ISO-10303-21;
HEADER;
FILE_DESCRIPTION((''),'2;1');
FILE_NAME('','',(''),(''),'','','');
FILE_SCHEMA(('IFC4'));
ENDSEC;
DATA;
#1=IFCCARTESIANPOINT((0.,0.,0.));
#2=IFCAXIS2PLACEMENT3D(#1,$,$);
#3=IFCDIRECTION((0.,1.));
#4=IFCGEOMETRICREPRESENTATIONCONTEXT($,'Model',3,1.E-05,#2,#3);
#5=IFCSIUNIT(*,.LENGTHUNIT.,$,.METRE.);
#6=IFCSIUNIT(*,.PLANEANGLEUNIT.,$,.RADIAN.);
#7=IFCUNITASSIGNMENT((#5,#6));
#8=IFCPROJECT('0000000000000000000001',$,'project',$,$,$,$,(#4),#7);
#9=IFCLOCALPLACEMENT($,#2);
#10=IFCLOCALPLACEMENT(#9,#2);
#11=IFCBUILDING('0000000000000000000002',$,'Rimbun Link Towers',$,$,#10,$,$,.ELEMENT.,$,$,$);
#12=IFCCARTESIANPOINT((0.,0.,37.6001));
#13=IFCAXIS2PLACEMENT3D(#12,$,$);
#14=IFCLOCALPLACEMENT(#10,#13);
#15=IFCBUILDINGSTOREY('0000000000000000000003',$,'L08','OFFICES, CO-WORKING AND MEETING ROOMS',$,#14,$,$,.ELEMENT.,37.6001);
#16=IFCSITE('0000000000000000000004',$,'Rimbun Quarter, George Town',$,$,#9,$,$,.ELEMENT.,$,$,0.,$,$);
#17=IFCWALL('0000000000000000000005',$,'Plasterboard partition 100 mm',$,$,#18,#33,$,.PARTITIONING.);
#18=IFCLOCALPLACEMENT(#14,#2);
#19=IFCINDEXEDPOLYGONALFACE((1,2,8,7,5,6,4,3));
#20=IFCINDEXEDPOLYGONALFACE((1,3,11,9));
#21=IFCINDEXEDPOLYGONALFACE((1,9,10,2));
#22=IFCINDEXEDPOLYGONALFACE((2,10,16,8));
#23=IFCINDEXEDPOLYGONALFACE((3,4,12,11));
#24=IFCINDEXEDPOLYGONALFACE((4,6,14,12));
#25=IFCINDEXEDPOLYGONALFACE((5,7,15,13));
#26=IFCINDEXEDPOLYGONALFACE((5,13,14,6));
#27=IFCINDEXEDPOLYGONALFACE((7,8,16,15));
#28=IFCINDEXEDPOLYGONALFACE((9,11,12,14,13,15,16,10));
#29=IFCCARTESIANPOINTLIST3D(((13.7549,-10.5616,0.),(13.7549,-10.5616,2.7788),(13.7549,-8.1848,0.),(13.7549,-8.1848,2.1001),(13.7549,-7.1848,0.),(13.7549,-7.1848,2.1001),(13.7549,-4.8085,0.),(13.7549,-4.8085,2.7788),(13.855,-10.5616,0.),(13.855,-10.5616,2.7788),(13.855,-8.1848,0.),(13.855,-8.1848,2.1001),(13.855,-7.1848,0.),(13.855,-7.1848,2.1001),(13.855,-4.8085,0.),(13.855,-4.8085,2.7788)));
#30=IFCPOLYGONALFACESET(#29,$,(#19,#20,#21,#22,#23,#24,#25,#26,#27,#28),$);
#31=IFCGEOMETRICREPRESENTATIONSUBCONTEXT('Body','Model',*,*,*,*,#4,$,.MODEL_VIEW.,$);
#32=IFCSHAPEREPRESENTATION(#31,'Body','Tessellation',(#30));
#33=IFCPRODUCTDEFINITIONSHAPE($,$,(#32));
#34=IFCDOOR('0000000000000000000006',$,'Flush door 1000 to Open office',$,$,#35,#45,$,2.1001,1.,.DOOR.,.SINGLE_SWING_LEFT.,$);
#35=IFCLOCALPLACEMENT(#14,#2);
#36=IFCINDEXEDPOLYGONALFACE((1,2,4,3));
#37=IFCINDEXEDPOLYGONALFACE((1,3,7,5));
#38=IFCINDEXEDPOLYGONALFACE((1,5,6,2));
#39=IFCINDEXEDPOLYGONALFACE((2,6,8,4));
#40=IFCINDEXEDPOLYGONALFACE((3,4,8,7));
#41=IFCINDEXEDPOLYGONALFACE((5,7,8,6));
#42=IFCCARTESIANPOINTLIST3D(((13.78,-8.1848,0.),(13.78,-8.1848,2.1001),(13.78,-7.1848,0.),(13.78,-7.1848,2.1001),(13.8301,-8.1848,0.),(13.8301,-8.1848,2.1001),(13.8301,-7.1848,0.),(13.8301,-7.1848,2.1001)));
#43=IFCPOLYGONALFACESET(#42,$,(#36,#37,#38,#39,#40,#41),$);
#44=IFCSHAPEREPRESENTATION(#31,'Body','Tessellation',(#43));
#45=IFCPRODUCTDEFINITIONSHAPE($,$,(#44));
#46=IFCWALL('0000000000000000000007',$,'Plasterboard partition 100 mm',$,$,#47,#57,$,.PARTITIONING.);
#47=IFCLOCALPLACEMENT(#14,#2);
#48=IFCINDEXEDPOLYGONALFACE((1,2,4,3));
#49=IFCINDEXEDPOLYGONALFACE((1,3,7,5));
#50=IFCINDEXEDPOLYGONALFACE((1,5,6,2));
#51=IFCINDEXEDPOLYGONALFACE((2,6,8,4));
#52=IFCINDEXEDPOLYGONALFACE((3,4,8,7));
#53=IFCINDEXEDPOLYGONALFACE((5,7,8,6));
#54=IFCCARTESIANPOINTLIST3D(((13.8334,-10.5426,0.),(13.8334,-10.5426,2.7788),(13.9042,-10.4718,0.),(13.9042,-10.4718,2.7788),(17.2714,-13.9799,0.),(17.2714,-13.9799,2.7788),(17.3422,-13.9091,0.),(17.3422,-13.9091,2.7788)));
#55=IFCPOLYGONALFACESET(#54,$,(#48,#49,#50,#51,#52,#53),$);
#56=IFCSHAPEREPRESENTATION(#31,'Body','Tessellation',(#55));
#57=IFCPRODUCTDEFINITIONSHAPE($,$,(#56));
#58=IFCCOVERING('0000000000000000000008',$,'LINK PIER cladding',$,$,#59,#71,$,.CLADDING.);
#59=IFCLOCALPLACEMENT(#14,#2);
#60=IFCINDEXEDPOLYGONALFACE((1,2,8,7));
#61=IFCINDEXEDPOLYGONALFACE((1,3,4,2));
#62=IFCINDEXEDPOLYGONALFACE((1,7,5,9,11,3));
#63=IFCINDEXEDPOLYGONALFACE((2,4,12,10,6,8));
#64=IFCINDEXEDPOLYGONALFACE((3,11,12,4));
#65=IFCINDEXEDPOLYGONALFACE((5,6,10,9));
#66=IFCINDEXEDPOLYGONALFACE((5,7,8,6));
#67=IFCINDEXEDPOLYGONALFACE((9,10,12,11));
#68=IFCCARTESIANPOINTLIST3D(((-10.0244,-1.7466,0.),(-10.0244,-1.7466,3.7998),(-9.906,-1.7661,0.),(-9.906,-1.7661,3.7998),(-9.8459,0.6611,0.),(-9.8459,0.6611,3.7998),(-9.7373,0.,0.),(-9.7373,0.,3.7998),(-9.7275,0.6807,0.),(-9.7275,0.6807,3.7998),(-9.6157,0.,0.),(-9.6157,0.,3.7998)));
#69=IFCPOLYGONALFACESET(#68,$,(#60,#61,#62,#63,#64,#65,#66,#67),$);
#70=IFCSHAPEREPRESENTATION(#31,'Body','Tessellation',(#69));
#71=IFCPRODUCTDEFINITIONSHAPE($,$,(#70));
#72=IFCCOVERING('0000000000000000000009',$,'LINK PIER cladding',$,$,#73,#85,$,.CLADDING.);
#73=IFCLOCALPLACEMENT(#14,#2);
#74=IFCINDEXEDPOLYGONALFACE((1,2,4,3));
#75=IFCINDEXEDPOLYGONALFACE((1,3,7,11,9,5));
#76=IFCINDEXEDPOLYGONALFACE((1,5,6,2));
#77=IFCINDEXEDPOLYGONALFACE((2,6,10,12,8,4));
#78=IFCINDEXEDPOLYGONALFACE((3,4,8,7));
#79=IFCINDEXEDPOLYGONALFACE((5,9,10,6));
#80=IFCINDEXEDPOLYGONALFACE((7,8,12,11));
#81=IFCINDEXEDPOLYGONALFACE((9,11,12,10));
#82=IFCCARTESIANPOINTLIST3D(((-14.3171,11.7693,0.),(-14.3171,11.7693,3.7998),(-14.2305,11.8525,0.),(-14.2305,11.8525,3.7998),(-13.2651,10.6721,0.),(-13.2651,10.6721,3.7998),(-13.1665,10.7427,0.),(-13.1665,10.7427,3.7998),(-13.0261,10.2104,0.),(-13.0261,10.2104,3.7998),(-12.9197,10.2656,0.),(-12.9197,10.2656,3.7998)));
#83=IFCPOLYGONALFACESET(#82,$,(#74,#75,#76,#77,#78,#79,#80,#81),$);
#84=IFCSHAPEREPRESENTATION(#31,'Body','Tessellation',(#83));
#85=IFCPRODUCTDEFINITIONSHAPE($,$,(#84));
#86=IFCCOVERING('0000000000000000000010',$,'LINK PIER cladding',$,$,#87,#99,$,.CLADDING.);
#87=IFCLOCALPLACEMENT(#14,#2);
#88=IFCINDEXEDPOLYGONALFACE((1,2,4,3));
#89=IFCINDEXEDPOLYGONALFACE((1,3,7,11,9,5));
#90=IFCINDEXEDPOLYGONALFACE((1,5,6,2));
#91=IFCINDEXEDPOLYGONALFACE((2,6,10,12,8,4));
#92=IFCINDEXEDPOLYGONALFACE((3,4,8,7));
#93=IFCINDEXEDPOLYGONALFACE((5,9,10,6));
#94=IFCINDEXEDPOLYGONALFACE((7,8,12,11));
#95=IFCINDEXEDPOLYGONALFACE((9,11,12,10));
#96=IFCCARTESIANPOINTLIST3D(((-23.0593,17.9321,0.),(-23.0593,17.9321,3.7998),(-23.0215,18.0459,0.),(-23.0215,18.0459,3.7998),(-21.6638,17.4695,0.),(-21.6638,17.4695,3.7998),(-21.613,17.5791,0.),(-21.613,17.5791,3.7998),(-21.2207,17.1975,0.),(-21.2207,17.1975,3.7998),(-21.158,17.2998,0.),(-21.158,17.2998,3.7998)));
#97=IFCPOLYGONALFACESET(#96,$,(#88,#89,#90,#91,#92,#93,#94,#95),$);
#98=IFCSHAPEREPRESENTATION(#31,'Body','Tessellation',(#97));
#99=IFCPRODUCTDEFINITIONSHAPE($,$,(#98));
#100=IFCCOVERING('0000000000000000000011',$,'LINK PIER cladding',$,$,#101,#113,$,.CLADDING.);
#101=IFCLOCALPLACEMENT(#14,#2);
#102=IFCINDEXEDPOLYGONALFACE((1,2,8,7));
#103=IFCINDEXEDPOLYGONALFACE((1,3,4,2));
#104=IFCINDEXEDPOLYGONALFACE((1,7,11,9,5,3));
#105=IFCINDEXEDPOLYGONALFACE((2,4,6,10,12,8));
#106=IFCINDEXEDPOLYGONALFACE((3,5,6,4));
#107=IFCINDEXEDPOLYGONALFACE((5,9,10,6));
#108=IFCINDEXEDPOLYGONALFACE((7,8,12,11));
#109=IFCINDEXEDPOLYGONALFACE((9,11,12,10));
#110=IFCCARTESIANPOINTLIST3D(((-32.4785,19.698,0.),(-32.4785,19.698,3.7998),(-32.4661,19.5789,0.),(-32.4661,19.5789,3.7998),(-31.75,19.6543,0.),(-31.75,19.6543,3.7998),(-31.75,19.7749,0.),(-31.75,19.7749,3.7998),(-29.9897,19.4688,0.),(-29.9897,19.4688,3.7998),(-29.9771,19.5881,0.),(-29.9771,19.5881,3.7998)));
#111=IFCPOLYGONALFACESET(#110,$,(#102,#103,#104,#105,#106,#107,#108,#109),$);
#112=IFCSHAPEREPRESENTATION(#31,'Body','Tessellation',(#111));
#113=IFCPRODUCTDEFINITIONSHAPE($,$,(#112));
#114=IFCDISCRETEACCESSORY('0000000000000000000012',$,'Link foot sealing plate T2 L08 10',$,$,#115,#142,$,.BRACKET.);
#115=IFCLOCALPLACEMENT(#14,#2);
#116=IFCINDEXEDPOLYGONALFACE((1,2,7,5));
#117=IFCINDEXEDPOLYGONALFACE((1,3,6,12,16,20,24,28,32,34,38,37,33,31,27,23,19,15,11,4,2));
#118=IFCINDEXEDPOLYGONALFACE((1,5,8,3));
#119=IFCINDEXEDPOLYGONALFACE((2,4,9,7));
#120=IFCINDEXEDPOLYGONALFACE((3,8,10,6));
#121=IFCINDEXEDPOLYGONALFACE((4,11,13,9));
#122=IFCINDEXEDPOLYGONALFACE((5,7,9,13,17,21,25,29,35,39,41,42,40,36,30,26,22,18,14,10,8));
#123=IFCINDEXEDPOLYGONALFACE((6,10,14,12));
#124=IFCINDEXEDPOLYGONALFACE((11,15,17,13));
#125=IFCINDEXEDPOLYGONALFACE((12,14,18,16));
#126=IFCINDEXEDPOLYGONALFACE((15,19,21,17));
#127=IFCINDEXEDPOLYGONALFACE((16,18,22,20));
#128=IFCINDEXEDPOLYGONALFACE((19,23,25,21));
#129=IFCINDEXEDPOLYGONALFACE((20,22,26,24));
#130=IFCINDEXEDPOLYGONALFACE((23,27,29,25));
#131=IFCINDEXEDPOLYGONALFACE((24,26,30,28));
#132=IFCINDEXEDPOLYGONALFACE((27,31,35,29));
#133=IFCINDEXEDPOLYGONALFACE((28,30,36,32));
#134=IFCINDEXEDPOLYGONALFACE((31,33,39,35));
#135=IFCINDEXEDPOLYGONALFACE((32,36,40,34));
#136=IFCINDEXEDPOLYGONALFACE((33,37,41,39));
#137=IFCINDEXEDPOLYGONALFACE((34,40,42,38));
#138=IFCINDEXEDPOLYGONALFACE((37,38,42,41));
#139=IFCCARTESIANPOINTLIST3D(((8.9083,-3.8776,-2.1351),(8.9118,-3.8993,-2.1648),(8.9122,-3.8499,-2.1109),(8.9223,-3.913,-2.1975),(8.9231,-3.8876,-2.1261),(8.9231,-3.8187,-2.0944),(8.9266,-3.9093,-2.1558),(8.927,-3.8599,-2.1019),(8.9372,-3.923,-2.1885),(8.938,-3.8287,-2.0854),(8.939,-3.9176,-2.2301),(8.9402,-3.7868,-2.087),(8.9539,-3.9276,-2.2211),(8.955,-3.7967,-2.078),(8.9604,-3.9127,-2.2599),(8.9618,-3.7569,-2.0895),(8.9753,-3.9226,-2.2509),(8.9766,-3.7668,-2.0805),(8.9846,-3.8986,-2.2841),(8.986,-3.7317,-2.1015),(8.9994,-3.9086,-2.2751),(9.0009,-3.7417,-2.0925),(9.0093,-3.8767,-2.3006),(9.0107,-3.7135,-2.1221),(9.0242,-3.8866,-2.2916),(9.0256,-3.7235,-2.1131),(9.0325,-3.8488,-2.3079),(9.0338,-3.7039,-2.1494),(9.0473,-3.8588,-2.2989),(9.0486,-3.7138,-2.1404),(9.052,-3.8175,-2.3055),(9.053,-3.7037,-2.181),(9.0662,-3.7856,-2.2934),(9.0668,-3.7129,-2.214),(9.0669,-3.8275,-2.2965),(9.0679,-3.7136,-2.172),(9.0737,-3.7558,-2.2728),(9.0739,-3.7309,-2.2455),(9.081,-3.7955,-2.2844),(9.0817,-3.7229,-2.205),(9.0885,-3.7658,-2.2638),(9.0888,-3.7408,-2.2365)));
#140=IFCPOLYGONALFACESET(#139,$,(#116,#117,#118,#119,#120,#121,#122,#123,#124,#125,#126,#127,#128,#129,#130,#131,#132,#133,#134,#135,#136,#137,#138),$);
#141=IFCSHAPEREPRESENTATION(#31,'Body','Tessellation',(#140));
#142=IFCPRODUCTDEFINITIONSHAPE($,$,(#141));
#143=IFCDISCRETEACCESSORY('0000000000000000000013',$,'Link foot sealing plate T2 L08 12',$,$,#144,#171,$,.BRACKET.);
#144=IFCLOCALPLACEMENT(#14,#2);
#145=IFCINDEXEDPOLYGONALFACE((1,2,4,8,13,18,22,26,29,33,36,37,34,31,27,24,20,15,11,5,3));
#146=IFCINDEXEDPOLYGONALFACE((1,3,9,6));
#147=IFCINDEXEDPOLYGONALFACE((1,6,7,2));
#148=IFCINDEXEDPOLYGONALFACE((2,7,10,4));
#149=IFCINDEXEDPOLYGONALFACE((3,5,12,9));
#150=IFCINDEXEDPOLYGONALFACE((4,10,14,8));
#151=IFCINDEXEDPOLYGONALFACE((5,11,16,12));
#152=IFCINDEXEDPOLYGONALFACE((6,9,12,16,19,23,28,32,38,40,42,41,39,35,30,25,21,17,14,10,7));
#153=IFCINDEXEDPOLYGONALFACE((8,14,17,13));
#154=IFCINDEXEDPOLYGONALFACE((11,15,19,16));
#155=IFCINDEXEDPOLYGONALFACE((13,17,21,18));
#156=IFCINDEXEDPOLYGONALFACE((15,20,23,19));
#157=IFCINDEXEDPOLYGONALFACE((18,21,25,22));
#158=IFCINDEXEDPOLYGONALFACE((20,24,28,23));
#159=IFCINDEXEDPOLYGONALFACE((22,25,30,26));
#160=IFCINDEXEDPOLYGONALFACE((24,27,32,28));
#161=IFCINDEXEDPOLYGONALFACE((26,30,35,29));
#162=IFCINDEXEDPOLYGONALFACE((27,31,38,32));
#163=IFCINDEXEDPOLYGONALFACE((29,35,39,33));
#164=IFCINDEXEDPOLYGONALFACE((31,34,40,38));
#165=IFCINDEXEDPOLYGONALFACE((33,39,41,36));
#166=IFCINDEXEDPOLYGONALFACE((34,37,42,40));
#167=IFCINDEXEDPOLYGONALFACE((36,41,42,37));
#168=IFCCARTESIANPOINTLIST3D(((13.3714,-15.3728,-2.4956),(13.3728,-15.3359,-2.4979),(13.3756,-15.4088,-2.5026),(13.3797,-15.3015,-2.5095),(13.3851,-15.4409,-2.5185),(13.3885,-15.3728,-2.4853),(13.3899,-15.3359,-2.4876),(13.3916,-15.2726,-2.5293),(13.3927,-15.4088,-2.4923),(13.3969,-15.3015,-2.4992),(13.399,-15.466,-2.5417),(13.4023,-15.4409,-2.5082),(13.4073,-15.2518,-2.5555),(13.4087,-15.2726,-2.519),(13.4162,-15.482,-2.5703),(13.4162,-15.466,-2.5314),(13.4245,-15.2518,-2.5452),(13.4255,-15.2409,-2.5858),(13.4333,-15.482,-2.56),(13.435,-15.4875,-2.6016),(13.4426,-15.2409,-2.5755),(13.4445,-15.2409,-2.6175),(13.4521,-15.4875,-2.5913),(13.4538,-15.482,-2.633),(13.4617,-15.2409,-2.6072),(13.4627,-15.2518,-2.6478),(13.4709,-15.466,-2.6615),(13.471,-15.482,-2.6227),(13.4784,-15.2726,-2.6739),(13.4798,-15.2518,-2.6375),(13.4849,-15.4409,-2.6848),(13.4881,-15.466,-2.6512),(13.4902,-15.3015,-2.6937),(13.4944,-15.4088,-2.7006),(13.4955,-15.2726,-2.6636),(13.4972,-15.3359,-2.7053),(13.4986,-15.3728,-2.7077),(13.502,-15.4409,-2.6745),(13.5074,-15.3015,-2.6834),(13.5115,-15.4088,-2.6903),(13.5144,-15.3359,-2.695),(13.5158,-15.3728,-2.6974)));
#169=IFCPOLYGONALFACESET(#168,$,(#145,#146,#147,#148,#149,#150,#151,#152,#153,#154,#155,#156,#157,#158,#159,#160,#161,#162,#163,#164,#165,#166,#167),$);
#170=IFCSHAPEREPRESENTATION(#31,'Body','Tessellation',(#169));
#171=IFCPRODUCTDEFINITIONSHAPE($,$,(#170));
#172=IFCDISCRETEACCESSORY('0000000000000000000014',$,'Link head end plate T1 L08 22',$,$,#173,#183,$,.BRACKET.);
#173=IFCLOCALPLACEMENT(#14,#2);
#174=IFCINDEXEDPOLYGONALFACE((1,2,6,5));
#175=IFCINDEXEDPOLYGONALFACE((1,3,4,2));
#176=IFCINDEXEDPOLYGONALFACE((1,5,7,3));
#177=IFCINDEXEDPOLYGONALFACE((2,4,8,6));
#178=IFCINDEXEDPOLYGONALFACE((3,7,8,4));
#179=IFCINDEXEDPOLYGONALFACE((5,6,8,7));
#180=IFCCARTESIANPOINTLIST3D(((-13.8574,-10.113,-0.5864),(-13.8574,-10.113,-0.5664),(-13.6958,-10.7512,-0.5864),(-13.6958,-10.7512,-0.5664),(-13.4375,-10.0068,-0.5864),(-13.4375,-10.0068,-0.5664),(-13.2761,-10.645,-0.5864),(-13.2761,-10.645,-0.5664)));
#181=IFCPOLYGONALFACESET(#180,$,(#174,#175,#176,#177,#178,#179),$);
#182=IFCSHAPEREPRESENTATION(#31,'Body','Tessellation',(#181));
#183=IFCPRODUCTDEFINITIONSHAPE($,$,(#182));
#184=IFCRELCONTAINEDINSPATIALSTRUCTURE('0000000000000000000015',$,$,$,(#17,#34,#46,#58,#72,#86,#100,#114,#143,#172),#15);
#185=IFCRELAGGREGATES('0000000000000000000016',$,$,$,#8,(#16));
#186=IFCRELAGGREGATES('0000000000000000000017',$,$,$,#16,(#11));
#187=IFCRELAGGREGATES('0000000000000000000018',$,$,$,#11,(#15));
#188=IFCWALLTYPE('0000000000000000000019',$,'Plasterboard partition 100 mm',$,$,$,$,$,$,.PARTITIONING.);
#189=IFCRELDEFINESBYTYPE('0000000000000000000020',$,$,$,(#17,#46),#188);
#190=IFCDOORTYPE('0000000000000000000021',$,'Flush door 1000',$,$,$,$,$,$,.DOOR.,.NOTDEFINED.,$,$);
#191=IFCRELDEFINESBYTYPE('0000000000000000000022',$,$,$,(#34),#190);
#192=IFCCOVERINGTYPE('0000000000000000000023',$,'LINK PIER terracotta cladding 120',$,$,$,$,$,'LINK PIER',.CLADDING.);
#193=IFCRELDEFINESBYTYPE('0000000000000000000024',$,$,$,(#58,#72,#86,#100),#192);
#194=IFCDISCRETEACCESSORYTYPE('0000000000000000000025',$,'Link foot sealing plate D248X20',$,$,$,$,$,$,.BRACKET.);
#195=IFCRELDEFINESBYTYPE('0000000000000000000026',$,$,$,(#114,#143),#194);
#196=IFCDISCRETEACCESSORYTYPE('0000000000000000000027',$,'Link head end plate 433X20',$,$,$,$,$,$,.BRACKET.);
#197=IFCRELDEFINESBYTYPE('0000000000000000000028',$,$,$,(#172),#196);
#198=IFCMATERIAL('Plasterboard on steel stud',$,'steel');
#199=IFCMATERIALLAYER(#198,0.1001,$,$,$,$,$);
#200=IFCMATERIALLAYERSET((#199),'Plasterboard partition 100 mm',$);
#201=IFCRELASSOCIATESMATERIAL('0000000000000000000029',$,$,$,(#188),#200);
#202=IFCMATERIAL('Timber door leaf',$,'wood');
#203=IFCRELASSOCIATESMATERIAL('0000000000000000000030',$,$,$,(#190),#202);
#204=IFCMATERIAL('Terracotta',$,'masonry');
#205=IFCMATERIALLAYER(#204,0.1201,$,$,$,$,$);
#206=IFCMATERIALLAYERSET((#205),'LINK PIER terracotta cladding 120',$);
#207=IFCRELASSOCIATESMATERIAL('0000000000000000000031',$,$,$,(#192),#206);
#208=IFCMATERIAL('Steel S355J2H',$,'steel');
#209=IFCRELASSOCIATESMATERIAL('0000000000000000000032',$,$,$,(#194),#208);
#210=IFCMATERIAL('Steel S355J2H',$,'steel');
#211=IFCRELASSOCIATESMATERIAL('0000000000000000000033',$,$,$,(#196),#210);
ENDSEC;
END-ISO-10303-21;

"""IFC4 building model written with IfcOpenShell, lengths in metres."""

from ifc_helpers import new_model, si_unit, direction, frame, frame_2d, origin, origin_2d, place, context, subcontext, project, spatial, polyline, rectangle, circle, outline, extrude, material, layer, layer_set, material_profile, profile_set, type_object, element, fill, save


model = new_model("IFC4")

# Units and contexts
model_context = context("Model", 3, precision=1e-05, world=origin(), true_north=direction((0.0, 1.0)))
body_context = subcontext(model_context, "Body", "Model", "MODEL_VIEW")
ifc_project = project(units=[si_unit("LENGTHUNIT", "METRE"), si_unit("PLANEANGLEUNIT", "RADIAN")], contexts=[model_context])

# Site, building, storey
site_placement = place(None, origin())
site = spatial("IfcSite", under=ifc_project, at=site_placement, Name="Rimbun Quarter, George Town", CompositionType="ELEMENT", RefElevation=0.0)
building_placement = place(site_placement, origin())
building = spatial("IfcBuilding", under=site, at=building_placement, Name="Rimbun Link Towers", CompositionType="ELEMENT")
storey_placement = place(building_placement, frame((0.0, 0.0, 37.6001)))
storey = spatial("IfcBuildingStorey", under=building, at=storey_placement, Name="L08", Description="OFFICES, CO-WORKING AND MEETING ROOMS", CompositionType="ELEMENT", Elevation=37.6001)

# Wall, opening, door
ifc_material_1 = material(Name="Plasterboard on steel stud", Category="steel")
ifc_layer_1 = layer(ifc_material_1, 0.1001)
ifc_layer_set_1 = layer_set([ifc_layer_1], Name="Plasterboard partition 100 mm")
wall_type = type_object("IfcWallType", Name="Plasterboard partition 100 mm", PredefinedType="PARTITIONING", material=ifc_layer_set_1)
wall_1_placement = place(storey_placement, frame((13.8049, -10.5615, 0.0), z_axis=(0.0, 0.0, 1.0), x_axis=(0.0, 1.0, 0.0)))
wall_1 = element("IfcWall", 1, at=wall_1_placement, inside=storey, type_object=wall_type, Name="Plasterboard partition 100 mm", PredefinedType="PARTITIONING", context=body_context, shape_type="SweptSolid", body=[
    extrude(rectangle(XDim=5.7532, YDim=0.1001, at=frame_2d((2.8765, 0.0))), origin(), (0.0, 0.0, 1.0), 2.7788),
])
opening_placement = place(wall_1_placement, frame((2.3767, 0.0, 0.0)))
opening = element("IfcOpeningElement", 2, at=opening_placement, cuts=wall_1, PredefinedType="OPENING", context=body_context, shape_type="SweptSolid", body=[
    extrude(rectangle(XDim=1.0, YDim=2.1001, at=frame_2d((0.5, 1.05))), frame((0.0, 0.0601, 0.0), z_axis=(0.0, -1.0, 0.0), x_axis=(1.0, 0.0, 0.0)), (0.0, 0.0, 1.0), 0.1201),
])
ifc_material_2 = material(Name="Timber door leaf", Category="wood")
door_type = type_object("IfcDoorType", Name="Flush door 1000", OperationType="NOTDEFINED", PredefinedType="DOOR", material=ifc_material_2)
door_placement = place(opening_placement, origin())
door = element("IfcDoor", 3, at=door_placement, inside=storey, type_object=door_type, Name="Flush door 1000 to Open office", OperationType="SINGLE_SWING_LEFT", OverallHeight=2.1001, OverallWidth=1.0, PredefinedType="DOOR", context=body_context, shape_type="SweptSolid", body=[
    extrude(rectangle(XDim=1.0, YDim=2.1001, at=frame_2d((0.5, 1.05))), frame((0.0, 0.0249, 0.0), z_axis=(0.0, -1.0, 0.0), x_axis=(1.0, 0.0, 0.0)), (0.0, 0.0, 1.0), 0.05),
])
fill(opening, door)

# Wall
wall_2_placement = place(storey_placement, frame((13.8689, -10.5073, 0.0), z_axis=(0.0, 0.0, 1.0), x_axis=(0.707182, -0.707031, 0.0)))
element("IfcWall", 4, at=wall_2_placement, inside=storey, type_object=wall_type, Name="Plasterboard partition 100 mm", PredefinedType="PARTITIONING", context=body_context, shape_type="SweptSolid", body=[
    extrude(rectangle(XDim=4.8616, YDim=0.1001, at=frame_2d((2.4307, 0.0))), origin(), (0.0, 0.0, 1.0), 2.7788),
])

# Coverings
ifc_material_3 = material(Name="Terracotta", Category="masonry")
ifc_layer_2 = layer(ifc_material_3, 0.1201)
ifc_layer_set_2 = layer_set([ifc_layer_2], Name="LINK PIER terracotta cladding 120")
covering_type_1 = type_object("IfcCoveringType", Name="LINK PIER terracotta cladding 120", ElementType="LINK PIER", PredefinedType="CLADDING", material=ifc_layer_set_2)
covering_1_placement = place(storey_placement, origin())
element("IfcCovering", 5, at=covering_1_placement, inside=storey, type_object=covering_type_1, Name="LINK PIER cladding", PredefinedType="CLADDING", context=body_context, shape_type="SweptSolid", body=[
    extrude(outline(polyline([(-9.8459, 0.6611), (-9.7373, 0.0), (-10.0244, -1.7466), (-9.906, -1.7661), (-9.6157, 0.0), (-9.7275, 0.6807), (-9.8459, 0.6611)])), origin(), (0.0, 0.0, 1.0), 3.7998),
])
covering_2_placement = place(storey_placement, origin())
element("IfcCovering", 6, at=covering_2_placement, inside=storey, type_object=covering_type_1, Name="LINK PIER cladding", PredefinedType="CLADDING", context=body_context, shape_type="SweptSolid", body=[
    extrude(outline(polyline([(-14.3171, 11.7693), (-13.2651, 10.6721), (-13.0261, 10.2104), (-12.9197, 10.2656), (-13.1665, 10.7427), (-14.2305, 11.8525), (-14.3171, 11.7693)])), origin(), (0.0, 0.0, 1.0), 3.7998),
])
covering_3_placement = place(storey_placement, origin())
element("IfcCovering", 7, at=covering_3_placement, inside=storey, type_object=covering_type_1, Name="LINK PIER cladding", PredefinedType="CLADDING", context=body_context, shape_type="SweptSolid", body=[
    extrude(outline(polyline([(-23.0593, 17.9321), (-21.6638, 17.4695), (-21.2207, 17.1975), (-21.158, 17.2998), (-21.613, 17.5791), (-23.0215, 18.0459), (-23.0593, 17.9321)])), origin(), (0.0, 0.0, 1.0), 3.7998),
])
covering_4_placement = place(storey_placement, origin())
element("IfcCovering", 8, at=covering_4_placement, inside=storey, type_object=covering_type_1, Name="LINK PIER cladding", PredefinedType="CLADDING", context=body_context, shape_type="SweptSolid", body=[
    extrude(outline(polyline([(-32.4661, 19.5789), (-31.75, 19.6543), (-29.9897, 19.4688), (-29.9771, 19.5881), (-31.75, 19.7749), (-32.4785, 19.698), (-32.4661, 19.5789)])), origin(), (0.0, 0.0, 1.0), 3.7998),
])

# Discrete accessories
ifc_material_4 = material(Name="Steel S355J2H", Category="steel")
ifc_material_profile_1 = material_profile(ifc_material_4, circle(Radius=0.124, at=origin_2d()), Name="PL D248")
ifc_profile_set_1 = profile_set([ifc_material_profile_1], Name="Steel S355J2H")
discrete_accessory_type_1 = type_object("IfcDiscreteAccessoryType", Name="Link foot sealing plate D248X20", PredefinedType="BRACKET", material=ifc_profile_set_1)
for number, where, z_axis, x_axis, name in (
    (9, (9.0063, -3.8201, -2.1885), (-0.741316, 0.498262, -0.449651), (-0.557836, -0.829951, 0.0), "Link foot sealing plate T2 L08 10"),
    (10, (13.4521, -15.3635, -2.5913), (-0.857493, 0.0, -0.514496), (0.0, -1.0, 0.0), "Link foot sealing plate T2 L08 12"),
):
    element("IfcDiscreteAccessory", number, at=place(storey_placement, frame(where, z_axis=z_axis, x_axis=x_axis)), inside=storey, type_object=discrete_accessory_type_1, Name=name, PredefinedType="BRACKET", context=body_context, shape_type="SweptSolid", body=[
        extrude(circle(Radius=0.124, at=origin_2d()), origin(), (0.0, 0.0, 1.0), 0.02),
    ])
ifc_material_5 = material(Name="Steel S355J2H", Category="steel")
ifc_material_profile_2 = material_profile(ifc_material_5, rectangle(XDim=0.4331, YDim=0.4331, at=origin_2d()), Name="PL 433x433")
ifc_profile_set_2 = profile_set([ifc_material_profile_2], Name="Steel S355J2H")
discrete_accessory_type_2 = type_object("IfcDiscreteAccessoryType", Name="Link head end plate 433X20", PredefinedType="BRACKET", material=ifc_profile_set_2)
discrete_accessory_1_placement = place(storey_placement, frame((0.0, 0.0, -0.5864)))
element("IfcDiscreteAccessory", 11, at=discrete_accessory_1_placement, inside=storey, type_object=discrete_accessory_type_2, Name="Link head end plate T1 L08 22", PredefinedType="BRACKET", context=body_context, shape_type="SweptSolid", body=[
    extrude(outline(polyline([(-13.8574, -10.113), (-13.6958, -10.7512), (-13.2761, -10.645), (-13.4375, -10.0068), (-13.8574, -10.113)])), origin(), (0.0, 0.0, 1.0), 0.02),
])

save(model, "model.ifc")
